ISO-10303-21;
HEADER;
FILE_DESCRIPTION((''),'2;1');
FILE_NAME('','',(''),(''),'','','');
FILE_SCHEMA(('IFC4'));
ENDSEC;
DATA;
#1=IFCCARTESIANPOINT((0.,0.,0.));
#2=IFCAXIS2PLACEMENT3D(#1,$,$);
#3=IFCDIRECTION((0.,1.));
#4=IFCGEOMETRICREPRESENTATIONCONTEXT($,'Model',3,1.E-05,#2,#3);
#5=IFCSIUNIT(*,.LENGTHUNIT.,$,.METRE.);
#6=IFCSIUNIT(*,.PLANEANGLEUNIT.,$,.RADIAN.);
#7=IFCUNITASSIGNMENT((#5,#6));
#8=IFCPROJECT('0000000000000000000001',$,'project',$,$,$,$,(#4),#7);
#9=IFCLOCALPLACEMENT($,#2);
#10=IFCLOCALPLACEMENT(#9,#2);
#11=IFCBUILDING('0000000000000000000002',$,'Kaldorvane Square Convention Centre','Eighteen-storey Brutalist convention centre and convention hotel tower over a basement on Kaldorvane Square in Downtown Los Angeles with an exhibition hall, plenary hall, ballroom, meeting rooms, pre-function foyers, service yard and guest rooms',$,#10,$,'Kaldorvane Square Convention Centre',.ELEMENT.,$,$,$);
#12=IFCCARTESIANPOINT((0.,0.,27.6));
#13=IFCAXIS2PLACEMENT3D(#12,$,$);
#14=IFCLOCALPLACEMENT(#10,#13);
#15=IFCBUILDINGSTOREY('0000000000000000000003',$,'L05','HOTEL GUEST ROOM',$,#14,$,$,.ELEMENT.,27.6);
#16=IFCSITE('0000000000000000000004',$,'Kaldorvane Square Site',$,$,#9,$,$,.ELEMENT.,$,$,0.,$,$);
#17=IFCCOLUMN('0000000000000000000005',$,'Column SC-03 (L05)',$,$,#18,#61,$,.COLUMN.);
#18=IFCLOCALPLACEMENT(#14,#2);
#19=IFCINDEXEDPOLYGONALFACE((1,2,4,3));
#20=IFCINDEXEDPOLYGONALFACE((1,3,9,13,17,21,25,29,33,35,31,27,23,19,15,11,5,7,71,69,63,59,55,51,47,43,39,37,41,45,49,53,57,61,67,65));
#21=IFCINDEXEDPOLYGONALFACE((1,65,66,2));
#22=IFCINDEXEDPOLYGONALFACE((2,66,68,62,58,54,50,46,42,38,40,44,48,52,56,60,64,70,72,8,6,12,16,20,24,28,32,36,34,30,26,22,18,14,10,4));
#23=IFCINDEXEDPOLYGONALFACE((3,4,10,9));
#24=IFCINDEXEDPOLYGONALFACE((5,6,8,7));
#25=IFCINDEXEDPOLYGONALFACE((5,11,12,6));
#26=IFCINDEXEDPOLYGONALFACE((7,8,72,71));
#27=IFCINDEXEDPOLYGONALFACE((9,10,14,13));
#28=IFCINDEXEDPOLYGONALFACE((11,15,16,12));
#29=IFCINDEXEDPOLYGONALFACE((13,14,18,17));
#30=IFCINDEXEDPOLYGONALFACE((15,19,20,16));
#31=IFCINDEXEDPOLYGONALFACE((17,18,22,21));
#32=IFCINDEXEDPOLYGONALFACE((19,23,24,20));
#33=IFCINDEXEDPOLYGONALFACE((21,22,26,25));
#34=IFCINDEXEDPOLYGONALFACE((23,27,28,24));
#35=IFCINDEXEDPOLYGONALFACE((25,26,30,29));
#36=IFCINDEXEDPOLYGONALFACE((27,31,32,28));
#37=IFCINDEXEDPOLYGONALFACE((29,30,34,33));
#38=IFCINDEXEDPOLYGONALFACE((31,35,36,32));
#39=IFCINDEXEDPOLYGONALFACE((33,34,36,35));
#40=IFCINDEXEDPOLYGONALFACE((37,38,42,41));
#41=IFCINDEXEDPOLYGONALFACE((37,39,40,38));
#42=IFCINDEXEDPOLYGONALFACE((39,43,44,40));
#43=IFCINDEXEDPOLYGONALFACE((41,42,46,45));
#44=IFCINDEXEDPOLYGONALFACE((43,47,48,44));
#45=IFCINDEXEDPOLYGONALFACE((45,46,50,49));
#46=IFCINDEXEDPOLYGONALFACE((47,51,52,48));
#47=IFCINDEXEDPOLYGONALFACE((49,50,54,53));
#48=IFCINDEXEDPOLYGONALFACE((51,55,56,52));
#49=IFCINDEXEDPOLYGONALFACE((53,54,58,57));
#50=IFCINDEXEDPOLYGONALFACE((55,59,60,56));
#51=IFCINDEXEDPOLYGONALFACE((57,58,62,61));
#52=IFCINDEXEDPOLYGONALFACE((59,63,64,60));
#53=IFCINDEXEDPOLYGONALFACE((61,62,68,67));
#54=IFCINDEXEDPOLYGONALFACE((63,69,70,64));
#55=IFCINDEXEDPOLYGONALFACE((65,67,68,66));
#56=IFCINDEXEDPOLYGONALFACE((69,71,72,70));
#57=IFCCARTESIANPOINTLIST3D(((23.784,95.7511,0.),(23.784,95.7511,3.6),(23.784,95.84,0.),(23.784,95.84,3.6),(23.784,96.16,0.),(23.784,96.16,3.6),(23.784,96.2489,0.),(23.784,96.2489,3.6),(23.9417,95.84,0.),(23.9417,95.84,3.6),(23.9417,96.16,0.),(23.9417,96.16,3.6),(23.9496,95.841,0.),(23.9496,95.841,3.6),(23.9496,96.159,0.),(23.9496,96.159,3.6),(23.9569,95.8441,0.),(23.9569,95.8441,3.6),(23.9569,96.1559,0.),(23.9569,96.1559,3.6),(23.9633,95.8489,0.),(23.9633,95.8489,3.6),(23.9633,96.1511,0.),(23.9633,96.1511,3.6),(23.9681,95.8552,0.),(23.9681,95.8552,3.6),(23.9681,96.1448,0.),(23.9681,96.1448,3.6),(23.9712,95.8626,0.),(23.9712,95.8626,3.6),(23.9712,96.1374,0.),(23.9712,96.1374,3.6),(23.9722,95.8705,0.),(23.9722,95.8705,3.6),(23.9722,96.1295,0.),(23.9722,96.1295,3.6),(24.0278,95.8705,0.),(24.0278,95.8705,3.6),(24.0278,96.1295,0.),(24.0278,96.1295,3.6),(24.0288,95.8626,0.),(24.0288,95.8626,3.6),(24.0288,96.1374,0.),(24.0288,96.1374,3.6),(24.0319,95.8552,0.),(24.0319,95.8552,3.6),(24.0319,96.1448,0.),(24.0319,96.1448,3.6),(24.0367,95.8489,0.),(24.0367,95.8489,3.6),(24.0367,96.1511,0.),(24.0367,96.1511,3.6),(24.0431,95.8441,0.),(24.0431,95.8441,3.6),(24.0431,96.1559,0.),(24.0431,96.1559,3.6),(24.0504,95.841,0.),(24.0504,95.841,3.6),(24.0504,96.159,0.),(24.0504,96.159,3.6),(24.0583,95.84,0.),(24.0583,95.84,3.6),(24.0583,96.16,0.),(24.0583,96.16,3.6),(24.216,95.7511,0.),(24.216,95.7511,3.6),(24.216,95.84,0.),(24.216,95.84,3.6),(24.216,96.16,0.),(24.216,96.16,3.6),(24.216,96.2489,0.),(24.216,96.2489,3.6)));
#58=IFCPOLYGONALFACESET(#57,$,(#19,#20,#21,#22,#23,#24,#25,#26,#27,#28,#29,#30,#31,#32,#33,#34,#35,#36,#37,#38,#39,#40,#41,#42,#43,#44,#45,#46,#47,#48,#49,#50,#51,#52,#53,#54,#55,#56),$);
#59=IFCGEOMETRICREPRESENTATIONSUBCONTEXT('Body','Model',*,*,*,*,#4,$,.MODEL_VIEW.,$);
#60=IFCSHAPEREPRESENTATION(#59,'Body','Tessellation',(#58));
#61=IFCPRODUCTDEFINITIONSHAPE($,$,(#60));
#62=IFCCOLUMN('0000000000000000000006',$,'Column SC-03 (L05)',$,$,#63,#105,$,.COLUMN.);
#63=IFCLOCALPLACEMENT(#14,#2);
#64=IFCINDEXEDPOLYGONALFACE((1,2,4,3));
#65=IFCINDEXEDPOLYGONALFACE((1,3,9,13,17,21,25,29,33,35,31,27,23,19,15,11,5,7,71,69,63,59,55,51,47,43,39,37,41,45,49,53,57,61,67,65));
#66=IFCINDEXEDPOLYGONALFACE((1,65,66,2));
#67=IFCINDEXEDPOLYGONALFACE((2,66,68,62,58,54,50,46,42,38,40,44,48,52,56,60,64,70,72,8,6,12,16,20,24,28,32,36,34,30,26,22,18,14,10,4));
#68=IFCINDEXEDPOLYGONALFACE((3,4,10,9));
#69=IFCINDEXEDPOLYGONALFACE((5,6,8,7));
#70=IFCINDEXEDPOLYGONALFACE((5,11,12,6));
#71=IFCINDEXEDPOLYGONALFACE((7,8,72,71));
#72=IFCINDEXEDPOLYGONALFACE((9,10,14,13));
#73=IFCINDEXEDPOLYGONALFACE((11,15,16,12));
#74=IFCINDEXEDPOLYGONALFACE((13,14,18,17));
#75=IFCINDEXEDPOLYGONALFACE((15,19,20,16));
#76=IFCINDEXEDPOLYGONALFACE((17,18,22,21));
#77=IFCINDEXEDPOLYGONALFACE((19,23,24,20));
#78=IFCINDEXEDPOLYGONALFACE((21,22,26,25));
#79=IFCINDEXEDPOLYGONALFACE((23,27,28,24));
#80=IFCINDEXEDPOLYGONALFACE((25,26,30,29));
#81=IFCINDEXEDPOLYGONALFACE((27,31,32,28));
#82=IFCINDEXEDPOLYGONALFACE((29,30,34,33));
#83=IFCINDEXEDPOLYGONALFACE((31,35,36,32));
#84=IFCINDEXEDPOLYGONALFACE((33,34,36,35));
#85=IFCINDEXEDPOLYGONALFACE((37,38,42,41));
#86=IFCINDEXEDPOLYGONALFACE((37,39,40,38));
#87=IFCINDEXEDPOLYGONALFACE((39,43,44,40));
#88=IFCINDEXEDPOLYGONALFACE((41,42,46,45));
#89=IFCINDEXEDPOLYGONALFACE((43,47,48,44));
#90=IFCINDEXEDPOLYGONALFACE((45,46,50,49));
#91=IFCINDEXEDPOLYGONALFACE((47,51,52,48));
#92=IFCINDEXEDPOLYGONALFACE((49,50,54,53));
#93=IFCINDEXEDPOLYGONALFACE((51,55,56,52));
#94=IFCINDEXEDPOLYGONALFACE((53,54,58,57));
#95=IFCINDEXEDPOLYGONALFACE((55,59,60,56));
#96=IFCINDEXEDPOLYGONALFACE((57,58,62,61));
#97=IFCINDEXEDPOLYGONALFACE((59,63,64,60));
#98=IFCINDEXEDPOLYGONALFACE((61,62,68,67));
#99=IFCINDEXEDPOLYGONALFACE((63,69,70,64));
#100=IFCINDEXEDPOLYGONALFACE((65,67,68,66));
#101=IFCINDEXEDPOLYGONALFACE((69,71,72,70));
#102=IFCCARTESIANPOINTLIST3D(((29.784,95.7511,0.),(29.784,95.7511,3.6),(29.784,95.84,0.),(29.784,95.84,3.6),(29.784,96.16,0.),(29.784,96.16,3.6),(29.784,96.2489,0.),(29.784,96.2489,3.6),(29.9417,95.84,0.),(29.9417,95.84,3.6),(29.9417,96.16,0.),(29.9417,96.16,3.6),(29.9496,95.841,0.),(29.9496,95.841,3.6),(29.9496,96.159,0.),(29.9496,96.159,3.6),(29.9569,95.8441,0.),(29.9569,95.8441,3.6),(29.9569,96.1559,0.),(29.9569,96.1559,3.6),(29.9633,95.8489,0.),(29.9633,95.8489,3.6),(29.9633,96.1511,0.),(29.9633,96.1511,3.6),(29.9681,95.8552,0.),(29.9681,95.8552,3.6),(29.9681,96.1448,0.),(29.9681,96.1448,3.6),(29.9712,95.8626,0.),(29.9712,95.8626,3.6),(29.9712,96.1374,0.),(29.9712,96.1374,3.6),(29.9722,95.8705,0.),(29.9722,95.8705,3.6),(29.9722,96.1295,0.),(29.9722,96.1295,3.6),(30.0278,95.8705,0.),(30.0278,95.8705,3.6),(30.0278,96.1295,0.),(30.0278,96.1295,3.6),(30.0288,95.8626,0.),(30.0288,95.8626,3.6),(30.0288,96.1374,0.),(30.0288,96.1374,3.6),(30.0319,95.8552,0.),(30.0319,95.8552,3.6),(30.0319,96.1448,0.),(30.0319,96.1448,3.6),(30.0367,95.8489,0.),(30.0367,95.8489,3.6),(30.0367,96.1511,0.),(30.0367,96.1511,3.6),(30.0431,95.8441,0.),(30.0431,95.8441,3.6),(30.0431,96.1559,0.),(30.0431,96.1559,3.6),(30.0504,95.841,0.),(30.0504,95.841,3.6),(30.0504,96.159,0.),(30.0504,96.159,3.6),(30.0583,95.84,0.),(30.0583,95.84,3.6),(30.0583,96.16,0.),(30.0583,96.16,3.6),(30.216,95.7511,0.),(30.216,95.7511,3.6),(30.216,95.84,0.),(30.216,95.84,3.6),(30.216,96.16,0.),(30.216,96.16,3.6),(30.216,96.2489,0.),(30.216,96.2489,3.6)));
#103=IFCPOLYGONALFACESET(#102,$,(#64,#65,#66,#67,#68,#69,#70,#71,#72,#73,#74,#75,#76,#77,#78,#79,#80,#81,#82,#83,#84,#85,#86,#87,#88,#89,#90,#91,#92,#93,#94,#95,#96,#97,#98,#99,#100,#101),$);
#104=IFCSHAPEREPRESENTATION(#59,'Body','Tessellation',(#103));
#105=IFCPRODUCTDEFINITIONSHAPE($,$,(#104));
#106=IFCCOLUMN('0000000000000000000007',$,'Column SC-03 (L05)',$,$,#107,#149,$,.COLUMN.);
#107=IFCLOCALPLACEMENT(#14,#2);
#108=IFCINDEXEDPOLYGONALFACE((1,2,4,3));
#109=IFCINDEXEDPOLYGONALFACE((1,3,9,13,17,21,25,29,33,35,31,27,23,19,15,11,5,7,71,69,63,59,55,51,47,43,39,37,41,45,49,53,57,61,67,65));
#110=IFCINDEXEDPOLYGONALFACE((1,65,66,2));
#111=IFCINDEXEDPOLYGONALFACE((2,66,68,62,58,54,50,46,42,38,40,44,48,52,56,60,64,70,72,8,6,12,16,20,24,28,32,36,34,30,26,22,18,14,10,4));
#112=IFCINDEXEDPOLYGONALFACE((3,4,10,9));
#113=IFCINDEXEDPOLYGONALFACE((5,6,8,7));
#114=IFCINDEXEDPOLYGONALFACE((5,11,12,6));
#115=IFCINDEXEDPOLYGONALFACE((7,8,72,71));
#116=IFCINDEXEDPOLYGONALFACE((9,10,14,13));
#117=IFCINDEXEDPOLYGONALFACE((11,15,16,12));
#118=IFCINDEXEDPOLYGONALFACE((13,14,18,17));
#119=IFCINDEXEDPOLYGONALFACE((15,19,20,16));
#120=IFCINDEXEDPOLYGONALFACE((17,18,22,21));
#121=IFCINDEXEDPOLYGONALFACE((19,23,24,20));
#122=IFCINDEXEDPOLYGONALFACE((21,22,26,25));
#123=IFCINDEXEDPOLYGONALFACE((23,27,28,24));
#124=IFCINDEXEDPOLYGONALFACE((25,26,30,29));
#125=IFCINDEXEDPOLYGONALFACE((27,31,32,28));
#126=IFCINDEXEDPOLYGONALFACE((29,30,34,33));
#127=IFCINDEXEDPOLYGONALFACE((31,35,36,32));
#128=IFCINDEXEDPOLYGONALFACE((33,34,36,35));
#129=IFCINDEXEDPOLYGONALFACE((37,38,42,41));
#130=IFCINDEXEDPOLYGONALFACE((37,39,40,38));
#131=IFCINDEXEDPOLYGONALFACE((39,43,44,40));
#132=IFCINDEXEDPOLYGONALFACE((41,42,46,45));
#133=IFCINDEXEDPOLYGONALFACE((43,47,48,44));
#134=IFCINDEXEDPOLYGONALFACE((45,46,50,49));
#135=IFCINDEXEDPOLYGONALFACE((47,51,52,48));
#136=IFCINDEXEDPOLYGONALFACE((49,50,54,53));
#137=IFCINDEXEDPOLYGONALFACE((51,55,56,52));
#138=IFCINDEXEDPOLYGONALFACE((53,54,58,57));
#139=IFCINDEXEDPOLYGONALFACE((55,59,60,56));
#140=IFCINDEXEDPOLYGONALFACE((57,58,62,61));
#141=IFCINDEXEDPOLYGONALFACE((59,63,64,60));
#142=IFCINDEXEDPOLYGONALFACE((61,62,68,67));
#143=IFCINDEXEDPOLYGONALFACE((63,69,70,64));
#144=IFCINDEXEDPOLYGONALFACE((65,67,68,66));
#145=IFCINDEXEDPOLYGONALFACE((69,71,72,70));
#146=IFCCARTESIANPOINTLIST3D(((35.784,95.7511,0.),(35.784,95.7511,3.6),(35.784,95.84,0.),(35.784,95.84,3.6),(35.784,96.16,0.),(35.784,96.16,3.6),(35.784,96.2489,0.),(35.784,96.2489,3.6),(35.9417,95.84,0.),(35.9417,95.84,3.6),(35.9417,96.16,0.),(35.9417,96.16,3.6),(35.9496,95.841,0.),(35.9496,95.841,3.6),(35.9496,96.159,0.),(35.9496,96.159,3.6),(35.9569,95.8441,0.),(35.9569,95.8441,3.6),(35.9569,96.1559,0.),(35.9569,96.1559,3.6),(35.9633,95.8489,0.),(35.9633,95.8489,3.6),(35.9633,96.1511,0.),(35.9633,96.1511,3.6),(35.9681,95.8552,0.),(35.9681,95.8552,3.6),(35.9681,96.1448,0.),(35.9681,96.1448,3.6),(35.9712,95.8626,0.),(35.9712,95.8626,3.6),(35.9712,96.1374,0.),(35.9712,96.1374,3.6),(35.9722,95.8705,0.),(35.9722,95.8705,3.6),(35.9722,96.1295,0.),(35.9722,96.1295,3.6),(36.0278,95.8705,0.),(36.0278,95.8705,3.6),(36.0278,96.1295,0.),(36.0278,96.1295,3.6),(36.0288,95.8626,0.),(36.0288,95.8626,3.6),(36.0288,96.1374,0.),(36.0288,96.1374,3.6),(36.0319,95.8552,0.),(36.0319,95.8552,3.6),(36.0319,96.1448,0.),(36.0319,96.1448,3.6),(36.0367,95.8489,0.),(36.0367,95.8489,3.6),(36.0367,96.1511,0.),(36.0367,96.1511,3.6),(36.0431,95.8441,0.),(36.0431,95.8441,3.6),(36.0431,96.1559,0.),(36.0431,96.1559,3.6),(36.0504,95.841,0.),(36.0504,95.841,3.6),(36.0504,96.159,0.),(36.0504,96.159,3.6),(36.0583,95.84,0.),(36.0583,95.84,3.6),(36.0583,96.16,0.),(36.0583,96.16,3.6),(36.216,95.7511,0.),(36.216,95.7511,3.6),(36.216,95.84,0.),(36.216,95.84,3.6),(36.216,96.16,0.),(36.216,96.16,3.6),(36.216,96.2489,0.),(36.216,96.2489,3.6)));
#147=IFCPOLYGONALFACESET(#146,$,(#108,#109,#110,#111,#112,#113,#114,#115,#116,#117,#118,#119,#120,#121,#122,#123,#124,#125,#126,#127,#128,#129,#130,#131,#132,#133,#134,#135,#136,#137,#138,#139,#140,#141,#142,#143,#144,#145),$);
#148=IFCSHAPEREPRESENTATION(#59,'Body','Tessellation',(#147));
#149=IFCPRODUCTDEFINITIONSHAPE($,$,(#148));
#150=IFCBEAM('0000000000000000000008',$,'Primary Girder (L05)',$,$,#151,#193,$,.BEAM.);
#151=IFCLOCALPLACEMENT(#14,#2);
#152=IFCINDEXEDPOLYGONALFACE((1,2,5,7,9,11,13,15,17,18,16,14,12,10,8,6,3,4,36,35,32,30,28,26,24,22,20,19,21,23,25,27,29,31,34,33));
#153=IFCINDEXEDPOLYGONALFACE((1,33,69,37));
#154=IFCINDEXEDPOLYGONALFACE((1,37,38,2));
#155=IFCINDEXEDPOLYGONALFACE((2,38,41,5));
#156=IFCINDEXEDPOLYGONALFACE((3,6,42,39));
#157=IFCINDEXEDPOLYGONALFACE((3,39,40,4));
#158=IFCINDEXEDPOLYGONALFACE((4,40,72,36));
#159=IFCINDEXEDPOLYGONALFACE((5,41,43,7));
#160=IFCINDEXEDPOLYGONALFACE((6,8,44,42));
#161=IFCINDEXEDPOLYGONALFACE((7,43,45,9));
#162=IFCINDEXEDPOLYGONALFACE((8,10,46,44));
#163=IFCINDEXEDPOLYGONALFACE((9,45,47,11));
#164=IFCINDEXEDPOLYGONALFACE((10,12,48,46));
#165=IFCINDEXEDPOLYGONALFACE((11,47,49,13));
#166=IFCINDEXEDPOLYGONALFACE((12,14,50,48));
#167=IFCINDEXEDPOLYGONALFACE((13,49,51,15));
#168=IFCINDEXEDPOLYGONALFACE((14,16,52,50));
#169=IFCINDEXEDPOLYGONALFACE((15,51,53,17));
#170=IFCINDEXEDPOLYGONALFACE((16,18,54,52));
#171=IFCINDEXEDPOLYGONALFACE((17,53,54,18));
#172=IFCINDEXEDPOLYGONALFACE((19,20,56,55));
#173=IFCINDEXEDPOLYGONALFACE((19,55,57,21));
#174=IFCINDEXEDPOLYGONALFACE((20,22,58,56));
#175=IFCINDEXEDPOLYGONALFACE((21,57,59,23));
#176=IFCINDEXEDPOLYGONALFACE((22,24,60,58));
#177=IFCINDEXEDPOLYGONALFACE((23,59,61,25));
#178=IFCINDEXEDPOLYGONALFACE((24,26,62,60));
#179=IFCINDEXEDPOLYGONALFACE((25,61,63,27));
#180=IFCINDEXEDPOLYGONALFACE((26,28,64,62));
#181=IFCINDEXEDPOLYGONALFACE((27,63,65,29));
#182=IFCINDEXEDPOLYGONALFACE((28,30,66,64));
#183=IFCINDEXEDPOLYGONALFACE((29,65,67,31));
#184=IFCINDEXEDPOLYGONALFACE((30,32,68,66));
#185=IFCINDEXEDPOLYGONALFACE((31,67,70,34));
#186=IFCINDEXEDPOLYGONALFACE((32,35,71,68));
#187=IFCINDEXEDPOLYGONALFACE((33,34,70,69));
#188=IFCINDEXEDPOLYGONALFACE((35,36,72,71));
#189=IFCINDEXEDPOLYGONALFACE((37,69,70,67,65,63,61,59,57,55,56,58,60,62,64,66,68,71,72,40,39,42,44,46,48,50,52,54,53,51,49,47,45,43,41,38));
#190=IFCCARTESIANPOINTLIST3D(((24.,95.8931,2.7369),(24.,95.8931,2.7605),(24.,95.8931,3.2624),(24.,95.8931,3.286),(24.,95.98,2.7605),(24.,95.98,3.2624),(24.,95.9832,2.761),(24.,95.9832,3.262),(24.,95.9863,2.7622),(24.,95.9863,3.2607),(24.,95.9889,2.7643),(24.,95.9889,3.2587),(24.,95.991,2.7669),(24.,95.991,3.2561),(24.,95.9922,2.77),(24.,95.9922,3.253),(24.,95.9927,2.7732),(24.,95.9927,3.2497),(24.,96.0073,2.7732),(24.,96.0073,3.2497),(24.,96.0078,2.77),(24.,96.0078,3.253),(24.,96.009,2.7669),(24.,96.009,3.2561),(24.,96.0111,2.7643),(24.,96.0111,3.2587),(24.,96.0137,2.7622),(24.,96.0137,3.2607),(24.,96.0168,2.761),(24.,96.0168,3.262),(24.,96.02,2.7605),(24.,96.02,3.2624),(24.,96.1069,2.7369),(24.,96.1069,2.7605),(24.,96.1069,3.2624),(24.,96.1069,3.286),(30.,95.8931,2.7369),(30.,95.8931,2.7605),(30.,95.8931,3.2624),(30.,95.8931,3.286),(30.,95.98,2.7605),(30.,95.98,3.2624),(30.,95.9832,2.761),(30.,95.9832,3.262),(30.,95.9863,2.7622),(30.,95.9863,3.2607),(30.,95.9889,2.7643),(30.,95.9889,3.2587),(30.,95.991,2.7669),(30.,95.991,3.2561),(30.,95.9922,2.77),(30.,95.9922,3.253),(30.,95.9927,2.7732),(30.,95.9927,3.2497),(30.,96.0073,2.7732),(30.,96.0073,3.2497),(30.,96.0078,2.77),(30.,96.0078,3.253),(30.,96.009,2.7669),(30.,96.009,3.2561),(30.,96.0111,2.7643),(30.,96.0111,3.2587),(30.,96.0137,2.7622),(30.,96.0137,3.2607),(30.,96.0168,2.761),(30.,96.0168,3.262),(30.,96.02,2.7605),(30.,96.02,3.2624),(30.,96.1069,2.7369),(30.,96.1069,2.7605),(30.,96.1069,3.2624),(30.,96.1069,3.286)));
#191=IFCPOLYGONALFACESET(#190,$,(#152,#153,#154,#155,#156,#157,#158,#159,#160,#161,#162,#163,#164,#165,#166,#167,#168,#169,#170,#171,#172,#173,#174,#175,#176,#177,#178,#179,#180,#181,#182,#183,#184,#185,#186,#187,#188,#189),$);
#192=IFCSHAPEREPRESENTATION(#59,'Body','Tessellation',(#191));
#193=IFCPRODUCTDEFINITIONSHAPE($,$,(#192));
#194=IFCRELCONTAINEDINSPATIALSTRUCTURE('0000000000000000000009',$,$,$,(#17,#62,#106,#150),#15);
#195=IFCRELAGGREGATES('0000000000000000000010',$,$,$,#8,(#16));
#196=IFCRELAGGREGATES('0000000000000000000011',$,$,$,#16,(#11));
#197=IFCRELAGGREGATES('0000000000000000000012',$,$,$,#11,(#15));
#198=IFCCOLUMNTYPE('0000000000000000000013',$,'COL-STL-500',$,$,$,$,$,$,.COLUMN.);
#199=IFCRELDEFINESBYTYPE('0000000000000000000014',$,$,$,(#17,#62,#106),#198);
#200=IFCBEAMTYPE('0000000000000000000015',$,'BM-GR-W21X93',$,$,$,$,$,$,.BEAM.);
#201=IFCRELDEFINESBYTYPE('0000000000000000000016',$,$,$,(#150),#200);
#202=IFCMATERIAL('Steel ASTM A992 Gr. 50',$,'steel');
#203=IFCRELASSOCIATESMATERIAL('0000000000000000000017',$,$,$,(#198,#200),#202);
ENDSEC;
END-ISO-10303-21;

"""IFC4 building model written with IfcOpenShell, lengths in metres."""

from ifc_helpers import new_model, si_unit, direction, frame, origin, origin_2d, place, context, subcontext, project, spatial, i_section, extrude, material, material_profile, profile_set, type_object, element, save


model = new_model("IFC4")

# Units and contexts
model_context = context("Model", 3, precision=1e-05, world=origin(), true_north=direction((0.0, 1.0)))
body_context = subcontext(model_context, "Body", "Model", "MODEL_VIEW")
ifc_project = project(units=[si_unit("LENGTHUNIT", "METRE"), si_unit("PLANEANGLEUNIT", "RADIAN")], contexts=[model_context])

# Site, building, storey
site_placement = place(None, origin())
site = spatial("IfcSite", under=ifc_project, at=site_placement, Name="Kaldorvane Square Site", CompositionType="ELEMENT", RefElevation=0.0)
building_placement = place(site_placement, origin())
building = spatial("IfcBuilding", under=site, at=building_placement, Name="Kaldorvane Square Convention Centre", Description="Eighteen-storey Brutalist convention centre and convention hotel tower over a basement on Kaldorvane Square in Downtown Los Angeles with an exhibition hall, plenary hall, ballroom, meeting rooms, pre-function foyers, service yard and guest rooms", LongName="Kaldorvane Square Convention Centre", CompositionType="ELEMENT")
storey_placement = place(building_placement, frame((0.0, 0.0, 27.6)))
storey = spatial("IfcBuildingStorey", under=building, at=storey_placement, Name="L05", Description="HOTEL GUEST ROOM", CompositionType="ELEMENT", Elevation=27.6)

# Columns
ifc_material_1 = material(Name="Steel ASTM A992 Gr. 50", Category="steel")
ifc_material_profile_1 = material_profile(ifc_material_1, i_section(OverallWidth=0.4321, OverallDepth=0.4978, WebThickness=0.0556, FlangeThickness=0.0889, FilletRadius=0.0305, at=origin_2d()), Name="W14X500")
ifc_profile_set_1 = profile_set([ifc_material_profile_1], Name="Steel ASTM A992 Gr. 50")
column_type = type_object("IfcColumnType", Name="COL-STL-500", PredefinedType="COLUMN", material=ifc_profile_set_1)
for number, where, z_axis, x_axis, name in (
    (1, (24.0, 96.0, 0.0), (0.0, 0.0, 1.0), (1.0, 0.0, 0.0), "Column SC-03 (L05)"),
    (2, (30.0, 96.0, 0.0), (0.0, 0.0, 1.0), (1.0, 0.0, 0.0), "Column SC-03 (L05)"),
    (3, (36.0, 96.0, 0.0), (0.0, 0.0, 1.0), (1.0, 0.0, 0.0), "Column SC-03 (L05)"),
):
    element("IfcColumn", number, at=place(storey_placement, frame(where, z_axis=z_axis, x_axis=x_axis)), inside=storey, type_object=column_type, Name=name, PredefinedType="COLUMN", context=body_context, shape_type="SweptSolid", body=[
        extrude(i_section(OverallWidth=0.4321, OverallDepth=0.4978, WebThickness=0.0556, FlangeThickness=0.0889, FilletRadius=0.0305, at=origin_2d()), origin(), (0.0, 0.0, 1.0), 3.6),
    ])

# Beam
ifc_material_profile_2 = material_profile(ifc_material_1, i_section(OverallWidth=0.2139, OverallDepth=0.5491, WebThickness=0.0147, FlangeThickness=0.0236, FilletRadius=0.0127, at=origin_2d()), Name="W21X93")
ifc_profile_set_2 = profile_set([ifc_material_profile_2], Name="Steel ASTM A992 Gr. 50")
beam_type_1 = type_object("IfcBeamType", Name="BM-GR-W21X93", PredefinedType="BEAM", material=ifc_profile_set_2)
for number, where, z_axis, x_axis, name in (
    (4, (24.0, 96.0, 3.0115), (1.0, 0.0, 0.0), (0.0, 1.0, 0.0), "Primary Girder (L05)"),
):
    element("IfcBeam", number, at=place(storey_placement, frame(where, z_axis=z_axis, x_axis=x_axis)), inside=storey, type_object=beam_type_1, Name=name, PredefinedType="BEAM", context=body_context, shape_type="SweptSolid", body=[
        extrude(i_section(OverallWidth=0.2139, OverallDepth=0.5491, WebThickness=0.0147, FlangeThickness=0.0236, FilletRadius=0.0127, at=origin_2d()), origin(), (0.0, 0.0, 1.0), 6.0),
    ])

save(model, "model.ifc")
